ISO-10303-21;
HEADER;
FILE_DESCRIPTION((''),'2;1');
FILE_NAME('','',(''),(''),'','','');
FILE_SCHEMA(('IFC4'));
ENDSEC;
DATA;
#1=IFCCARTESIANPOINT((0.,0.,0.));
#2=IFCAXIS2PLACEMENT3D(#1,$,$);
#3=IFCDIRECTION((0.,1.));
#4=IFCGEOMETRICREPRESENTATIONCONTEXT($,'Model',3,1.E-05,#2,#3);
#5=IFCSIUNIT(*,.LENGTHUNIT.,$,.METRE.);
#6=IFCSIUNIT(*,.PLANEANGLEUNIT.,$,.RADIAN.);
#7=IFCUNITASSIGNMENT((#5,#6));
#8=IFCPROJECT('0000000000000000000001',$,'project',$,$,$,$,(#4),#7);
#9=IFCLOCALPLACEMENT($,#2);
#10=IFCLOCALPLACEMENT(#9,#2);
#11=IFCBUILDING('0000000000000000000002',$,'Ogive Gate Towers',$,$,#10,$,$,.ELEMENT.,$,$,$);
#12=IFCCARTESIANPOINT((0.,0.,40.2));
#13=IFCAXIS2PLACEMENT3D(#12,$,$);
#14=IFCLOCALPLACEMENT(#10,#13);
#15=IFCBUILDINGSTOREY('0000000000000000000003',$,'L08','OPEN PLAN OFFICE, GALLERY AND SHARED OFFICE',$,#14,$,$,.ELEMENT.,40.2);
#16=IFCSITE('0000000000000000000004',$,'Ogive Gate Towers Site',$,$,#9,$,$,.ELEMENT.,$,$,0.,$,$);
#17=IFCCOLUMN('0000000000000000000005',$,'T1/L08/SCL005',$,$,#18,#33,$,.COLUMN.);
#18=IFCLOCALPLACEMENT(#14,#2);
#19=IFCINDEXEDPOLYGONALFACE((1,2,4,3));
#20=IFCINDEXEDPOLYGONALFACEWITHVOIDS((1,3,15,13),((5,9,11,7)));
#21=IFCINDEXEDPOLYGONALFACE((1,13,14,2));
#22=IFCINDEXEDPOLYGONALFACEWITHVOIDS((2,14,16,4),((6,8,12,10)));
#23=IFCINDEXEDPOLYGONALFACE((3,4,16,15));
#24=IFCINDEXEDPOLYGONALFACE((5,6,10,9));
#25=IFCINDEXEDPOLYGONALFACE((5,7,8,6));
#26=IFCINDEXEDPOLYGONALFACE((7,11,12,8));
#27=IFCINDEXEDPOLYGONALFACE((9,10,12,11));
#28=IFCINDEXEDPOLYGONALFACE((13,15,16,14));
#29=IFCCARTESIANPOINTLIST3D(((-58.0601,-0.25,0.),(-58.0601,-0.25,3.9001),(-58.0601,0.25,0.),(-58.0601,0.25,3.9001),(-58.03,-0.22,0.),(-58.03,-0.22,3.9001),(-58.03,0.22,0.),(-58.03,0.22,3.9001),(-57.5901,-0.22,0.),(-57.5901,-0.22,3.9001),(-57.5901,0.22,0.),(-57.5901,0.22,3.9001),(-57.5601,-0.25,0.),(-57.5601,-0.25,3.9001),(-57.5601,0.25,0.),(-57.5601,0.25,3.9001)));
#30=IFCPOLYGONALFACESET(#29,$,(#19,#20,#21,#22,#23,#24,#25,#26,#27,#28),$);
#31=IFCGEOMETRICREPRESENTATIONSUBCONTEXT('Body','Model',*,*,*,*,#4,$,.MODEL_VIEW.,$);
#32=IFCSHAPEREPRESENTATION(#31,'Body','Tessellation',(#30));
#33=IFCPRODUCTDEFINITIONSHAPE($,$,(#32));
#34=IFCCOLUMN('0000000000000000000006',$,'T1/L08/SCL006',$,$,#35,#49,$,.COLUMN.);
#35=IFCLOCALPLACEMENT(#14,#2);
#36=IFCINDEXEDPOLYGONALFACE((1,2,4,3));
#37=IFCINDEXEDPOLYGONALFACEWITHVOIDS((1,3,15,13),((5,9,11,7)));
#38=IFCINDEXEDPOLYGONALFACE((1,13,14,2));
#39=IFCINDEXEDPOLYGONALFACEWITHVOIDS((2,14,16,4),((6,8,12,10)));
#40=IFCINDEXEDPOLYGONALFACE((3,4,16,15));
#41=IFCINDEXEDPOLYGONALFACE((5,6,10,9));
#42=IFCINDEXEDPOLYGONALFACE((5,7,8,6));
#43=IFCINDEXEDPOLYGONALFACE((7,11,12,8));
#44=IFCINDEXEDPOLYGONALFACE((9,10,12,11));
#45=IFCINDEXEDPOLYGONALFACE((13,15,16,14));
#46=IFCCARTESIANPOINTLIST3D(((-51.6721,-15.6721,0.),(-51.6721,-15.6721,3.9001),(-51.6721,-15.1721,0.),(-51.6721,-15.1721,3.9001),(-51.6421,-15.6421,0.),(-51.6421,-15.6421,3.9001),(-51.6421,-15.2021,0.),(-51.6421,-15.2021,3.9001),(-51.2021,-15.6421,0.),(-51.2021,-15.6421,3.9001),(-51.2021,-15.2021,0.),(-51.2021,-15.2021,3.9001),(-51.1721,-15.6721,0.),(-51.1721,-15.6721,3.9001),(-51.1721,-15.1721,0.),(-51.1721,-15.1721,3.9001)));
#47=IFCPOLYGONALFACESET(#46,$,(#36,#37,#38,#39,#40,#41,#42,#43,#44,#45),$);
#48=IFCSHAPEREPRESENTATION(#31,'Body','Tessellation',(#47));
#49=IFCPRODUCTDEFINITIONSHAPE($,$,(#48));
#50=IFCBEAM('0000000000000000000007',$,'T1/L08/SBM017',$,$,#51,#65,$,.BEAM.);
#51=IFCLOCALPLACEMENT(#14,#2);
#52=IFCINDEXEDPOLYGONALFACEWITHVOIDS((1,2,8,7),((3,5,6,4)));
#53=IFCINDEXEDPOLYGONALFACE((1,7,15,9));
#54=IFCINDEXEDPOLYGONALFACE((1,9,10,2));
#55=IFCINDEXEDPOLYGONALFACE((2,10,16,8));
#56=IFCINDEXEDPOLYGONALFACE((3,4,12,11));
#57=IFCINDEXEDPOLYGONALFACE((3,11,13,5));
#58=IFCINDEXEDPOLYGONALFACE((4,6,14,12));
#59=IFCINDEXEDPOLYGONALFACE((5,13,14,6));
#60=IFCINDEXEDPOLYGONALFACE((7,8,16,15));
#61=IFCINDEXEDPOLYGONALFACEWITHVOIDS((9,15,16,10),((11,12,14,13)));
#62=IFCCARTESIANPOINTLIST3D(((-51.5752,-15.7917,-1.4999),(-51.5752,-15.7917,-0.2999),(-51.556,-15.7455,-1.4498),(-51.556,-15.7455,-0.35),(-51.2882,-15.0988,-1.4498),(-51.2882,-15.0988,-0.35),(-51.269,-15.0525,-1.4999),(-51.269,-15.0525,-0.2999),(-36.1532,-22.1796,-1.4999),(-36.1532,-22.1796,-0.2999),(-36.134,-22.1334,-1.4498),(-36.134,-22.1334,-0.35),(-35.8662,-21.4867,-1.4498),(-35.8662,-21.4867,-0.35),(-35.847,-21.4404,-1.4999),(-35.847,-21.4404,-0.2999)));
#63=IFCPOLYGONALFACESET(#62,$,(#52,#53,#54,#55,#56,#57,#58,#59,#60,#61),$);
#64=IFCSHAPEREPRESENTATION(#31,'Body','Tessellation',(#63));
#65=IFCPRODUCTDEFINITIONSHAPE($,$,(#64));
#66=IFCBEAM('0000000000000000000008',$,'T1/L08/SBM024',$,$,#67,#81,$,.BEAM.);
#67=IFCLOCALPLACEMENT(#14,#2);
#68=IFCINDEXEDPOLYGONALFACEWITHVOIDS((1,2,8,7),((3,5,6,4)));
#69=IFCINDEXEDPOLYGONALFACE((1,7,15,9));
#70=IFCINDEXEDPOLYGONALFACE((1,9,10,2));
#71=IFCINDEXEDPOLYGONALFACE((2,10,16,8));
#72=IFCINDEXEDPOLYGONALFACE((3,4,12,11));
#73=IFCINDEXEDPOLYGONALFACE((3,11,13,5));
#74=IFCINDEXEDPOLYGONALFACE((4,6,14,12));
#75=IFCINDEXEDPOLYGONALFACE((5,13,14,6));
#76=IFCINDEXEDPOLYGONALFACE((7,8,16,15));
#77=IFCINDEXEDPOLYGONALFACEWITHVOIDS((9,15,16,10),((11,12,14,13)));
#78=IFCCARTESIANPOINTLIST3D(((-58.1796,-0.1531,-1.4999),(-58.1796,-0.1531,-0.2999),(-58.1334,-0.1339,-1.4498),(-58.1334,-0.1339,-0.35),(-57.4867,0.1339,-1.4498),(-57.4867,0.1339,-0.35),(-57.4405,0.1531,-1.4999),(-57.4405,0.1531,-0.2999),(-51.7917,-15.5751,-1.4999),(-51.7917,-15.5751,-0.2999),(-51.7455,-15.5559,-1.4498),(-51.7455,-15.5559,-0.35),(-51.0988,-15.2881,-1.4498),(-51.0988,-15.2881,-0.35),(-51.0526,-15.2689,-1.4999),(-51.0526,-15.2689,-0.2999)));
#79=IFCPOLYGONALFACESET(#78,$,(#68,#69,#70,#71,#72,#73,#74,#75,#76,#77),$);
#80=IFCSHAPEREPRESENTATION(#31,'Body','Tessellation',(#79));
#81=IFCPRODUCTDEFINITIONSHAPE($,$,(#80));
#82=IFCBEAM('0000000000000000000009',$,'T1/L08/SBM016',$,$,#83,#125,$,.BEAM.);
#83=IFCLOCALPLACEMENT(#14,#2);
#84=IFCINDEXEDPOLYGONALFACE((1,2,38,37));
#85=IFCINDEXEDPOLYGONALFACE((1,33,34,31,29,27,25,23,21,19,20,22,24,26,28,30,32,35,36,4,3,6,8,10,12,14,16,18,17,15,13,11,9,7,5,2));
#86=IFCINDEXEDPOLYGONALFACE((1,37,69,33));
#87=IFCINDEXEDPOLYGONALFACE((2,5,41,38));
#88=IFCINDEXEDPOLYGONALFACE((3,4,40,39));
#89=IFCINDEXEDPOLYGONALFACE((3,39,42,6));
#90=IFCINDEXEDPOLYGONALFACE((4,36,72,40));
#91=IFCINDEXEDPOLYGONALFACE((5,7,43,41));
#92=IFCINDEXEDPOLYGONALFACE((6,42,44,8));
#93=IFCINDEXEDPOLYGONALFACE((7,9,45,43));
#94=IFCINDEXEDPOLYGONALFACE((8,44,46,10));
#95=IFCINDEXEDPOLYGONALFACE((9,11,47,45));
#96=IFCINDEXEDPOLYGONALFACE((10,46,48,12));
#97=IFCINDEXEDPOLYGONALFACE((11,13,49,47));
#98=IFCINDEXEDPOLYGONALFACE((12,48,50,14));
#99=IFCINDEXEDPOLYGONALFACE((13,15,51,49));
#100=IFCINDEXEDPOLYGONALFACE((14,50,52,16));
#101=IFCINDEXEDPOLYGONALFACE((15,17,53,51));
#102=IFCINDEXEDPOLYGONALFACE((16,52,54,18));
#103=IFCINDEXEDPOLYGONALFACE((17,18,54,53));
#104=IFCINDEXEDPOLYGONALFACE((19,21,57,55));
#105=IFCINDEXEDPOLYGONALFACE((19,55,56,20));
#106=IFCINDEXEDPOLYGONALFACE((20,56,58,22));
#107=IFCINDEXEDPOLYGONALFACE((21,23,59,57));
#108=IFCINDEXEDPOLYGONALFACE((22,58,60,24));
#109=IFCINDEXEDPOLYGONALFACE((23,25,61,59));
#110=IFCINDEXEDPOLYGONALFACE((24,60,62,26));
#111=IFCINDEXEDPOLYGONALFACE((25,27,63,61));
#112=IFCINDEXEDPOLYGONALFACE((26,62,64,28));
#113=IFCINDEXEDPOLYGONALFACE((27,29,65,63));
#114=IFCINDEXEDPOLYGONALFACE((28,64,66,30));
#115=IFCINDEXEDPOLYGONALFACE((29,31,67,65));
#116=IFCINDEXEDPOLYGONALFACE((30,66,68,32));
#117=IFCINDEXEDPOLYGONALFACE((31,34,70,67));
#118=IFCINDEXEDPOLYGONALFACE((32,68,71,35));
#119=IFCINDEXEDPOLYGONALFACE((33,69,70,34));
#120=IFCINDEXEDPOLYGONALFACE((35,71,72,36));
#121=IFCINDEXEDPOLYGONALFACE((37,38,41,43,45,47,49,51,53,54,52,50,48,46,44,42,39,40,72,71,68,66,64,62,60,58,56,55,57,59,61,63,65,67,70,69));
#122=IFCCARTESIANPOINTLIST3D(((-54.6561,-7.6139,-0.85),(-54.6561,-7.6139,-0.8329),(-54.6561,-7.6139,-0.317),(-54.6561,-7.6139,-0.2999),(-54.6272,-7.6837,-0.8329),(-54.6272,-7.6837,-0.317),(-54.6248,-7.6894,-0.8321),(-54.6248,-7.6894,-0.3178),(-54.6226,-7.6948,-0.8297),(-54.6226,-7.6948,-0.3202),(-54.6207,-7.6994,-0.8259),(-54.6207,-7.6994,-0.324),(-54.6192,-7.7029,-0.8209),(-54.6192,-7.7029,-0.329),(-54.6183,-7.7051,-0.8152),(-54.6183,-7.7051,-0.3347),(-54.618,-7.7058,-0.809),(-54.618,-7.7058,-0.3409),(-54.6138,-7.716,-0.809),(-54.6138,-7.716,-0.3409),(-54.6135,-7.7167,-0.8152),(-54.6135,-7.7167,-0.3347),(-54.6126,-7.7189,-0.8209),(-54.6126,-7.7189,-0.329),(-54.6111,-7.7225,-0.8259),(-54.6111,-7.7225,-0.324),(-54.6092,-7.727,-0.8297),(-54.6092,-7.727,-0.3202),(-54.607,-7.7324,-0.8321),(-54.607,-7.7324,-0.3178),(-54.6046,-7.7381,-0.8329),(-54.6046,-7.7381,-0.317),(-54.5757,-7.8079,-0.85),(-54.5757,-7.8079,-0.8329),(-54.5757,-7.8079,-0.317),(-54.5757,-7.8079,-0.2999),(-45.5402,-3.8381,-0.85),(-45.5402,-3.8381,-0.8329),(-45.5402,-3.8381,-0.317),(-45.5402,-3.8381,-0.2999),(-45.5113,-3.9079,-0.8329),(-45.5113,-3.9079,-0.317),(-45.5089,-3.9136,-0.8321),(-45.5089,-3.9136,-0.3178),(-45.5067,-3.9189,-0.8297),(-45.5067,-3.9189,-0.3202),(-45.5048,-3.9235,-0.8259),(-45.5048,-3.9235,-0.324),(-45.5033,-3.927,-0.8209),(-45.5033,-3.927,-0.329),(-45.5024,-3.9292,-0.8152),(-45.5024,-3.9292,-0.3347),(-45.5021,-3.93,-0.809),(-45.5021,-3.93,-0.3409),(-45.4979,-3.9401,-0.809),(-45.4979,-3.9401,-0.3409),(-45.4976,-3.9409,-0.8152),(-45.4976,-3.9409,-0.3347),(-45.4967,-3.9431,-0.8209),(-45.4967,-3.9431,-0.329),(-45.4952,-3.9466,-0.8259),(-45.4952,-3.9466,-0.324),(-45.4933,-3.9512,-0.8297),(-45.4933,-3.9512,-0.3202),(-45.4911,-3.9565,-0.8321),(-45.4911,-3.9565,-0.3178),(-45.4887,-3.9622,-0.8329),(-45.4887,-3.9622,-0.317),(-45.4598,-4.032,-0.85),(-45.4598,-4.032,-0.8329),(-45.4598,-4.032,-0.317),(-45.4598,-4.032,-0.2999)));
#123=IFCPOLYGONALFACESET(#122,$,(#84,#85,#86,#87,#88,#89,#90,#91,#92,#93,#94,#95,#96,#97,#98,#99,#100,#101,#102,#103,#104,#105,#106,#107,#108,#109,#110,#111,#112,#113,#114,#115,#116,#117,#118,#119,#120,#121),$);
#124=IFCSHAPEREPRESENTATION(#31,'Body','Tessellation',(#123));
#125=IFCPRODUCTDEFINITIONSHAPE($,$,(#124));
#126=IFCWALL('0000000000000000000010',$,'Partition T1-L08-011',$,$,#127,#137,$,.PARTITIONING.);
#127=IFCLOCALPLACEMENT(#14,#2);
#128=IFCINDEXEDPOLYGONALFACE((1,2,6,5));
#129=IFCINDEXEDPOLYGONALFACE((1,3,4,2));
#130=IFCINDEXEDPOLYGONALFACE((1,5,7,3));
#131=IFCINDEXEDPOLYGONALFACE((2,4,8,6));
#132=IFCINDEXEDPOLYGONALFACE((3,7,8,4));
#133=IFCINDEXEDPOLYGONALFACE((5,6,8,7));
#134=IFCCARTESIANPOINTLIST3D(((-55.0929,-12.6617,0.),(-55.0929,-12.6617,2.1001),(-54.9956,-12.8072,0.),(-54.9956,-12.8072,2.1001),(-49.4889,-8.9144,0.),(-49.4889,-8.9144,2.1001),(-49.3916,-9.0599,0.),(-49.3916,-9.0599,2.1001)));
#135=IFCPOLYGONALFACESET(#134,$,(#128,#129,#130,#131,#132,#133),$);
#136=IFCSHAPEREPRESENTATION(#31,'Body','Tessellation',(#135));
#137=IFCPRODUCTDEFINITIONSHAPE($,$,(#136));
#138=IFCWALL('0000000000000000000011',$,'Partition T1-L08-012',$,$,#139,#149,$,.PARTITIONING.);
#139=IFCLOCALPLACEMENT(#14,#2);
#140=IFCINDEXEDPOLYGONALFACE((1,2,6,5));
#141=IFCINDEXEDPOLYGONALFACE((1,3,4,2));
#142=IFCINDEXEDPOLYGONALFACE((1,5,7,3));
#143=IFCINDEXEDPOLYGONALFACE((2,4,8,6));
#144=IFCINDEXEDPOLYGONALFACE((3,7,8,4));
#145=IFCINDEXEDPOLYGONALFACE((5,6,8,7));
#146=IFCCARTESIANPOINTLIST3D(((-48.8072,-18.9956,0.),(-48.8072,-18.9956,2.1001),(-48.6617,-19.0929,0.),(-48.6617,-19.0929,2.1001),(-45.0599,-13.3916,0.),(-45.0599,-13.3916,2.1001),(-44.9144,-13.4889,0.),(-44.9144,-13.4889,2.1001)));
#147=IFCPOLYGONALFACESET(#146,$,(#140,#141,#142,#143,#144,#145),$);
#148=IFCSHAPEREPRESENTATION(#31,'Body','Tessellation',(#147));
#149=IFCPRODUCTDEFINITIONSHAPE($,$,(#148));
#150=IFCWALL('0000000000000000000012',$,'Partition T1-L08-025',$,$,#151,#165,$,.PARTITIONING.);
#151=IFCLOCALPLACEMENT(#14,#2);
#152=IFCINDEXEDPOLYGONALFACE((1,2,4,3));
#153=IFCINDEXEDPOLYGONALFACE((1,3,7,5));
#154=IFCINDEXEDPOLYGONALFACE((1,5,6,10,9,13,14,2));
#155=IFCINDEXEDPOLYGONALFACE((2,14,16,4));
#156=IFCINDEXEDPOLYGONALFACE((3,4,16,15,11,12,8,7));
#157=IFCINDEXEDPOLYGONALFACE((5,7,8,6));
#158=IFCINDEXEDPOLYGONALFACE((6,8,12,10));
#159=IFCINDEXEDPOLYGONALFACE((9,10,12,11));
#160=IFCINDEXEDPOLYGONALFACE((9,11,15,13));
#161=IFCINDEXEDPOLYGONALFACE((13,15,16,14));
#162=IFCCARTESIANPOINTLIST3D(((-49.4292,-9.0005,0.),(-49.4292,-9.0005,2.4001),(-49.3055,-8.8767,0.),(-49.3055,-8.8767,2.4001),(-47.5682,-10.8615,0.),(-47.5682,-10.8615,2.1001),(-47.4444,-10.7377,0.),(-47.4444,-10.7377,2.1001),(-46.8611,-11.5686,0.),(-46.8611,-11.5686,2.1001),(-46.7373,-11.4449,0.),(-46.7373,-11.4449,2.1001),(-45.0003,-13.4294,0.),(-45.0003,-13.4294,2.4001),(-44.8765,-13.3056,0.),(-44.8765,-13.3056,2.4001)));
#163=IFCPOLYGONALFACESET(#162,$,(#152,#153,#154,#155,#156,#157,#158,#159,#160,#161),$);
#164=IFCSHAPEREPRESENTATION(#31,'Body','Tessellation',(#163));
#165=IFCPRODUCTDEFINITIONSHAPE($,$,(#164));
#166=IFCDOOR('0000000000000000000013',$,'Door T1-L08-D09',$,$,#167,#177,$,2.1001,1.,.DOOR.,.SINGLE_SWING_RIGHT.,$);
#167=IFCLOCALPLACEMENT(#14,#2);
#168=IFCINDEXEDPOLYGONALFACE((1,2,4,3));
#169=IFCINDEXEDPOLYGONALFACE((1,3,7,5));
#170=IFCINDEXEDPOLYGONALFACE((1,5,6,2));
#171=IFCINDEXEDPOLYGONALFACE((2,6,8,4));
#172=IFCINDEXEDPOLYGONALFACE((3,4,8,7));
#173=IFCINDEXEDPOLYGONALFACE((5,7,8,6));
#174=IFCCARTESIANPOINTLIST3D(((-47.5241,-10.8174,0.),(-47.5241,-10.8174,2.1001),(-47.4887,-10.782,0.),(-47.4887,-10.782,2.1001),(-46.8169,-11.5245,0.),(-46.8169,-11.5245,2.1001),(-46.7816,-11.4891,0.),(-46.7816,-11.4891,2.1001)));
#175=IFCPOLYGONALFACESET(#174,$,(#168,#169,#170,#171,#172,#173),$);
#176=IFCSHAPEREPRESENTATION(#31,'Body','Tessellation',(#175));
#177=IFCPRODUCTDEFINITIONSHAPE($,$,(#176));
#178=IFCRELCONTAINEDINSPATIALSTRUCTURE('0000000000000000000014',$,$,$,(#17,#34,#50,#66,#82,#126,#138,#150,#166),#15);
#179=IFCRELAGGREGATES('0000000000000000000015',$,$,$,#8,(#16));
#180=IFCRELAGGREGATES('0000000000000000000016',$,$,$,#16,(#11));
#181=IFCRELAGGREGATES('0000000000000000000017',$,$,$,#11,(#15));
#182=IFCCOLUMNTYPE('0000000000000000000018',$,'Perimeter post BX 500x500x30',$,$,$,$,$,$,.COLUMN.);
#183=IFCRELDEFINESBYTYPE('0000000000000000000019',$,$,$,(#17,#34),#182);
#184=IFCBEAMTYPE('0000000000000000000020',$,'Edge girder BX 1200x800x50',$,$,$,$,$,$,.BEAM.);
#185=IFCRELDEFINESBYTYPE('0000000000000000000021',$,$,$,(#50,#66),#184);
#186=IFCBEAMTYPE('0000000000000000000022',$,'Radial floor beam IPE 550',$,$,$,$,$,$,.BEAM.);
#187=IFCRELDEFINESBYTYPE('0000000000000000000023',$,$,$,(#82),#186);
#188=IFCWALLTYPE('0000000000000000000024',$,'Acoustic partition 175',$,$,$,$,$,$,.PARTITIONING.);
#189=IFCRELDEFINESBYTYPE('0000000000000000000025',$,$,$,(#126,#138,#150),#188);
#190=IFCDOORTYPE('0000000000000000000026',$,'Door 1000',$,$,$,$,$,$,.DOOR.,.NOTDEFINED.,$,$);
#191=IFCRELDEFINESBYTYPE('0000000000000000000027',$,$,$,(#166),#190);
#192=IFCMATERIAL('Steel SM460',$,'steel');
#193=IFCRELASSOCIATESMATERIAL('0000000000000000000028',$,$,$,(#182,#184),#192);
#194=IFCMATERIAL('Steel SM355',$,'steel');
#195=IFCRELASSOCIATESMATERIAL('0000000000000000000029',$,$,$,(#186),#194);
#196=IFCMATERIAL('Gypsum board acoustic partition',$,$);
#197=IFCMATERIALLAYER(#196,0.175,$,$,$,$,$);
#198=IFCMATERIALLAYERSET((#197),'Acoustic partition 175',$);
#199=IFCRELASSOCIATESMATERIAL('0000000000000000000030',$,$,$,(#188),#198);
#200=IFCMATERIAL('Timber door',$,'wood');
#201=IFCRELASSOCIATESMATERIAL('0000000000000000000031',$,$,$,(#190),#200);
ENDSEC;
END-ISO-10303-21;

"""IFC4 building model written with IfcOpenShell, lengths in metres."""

from ifc_helpers import new_model, si_unit, direction, frame, frame_2d, origin, origin_2d, place, context, subcontext, project, spatial, rectangle, hollow_rectangle, i_section, extrude, material, layer, layer_set, material_profile, profile_set, type_object, element, fill, save


model = new_model("IFC4")

# Units and contexts
model_context = context("Model", 3, precision=1e-05, world=origin(), true_north=direction((0.0, 1.0)))
body_context = subcontext(model_context, "Body", "Model", "MODEL_VIEW")
ifc_project = project(units=[si_unit("LENGTHUNIT", "METRE"), si_unit("PLANEANGLEUNIT", "RADIAN")], contexts=[model_context])

# Site, building, storey
site_placement = place(None, origin())
site = spatial("IfcSite", under=ifc_project, at=site_placement, Name="Ogive Gate Towers Site", CompositionType="ELEMENT", RefElevation=0.0)
building_placement = place(site_placement, origin())
building = spatial("IfcBuilding", under=site, at=building_placement, Name="Ogive Gate Towers", CompositionType="ELEMENT")
storey_placement = place(building_placement, frame((0.0, 0.0, 40.2)))
storey = spatial("IfcBuildingStorey", under=building, at=storey_placement, Name="L08", Description="OPEN PLAN OFFICE, GALLERY AND SHARED OFFICE", CompositionType="ELEMENT", Elevation=40.2)

# Columns
ifc_material_1 = material(Name="Steel SM460", Category="steel")
ifc_material_profile_1 = material_profile(ifc_material_1, hollow_rectangle(XDim=0.5, YDim=0.5, WallThickness=0.03, at=origin_2d()), Name="BX 500x500x30")
ifc_profile_set_1 = profile_set([ifc_material_profile_1], Name="Steel SM460")
column_type = type_object("IfcColumnType", Name="Perimeter post BX 500x500x30", PredefinedType="COLUMN", material=ifc_profile_set_1)
for number, where, z_axis, x_axis, name in (
    (1, (-57.8101, 0.0, 0.0), (0.0, 0.0, 1.0), (1.0, 0.0, 0.0), "T1/L08/SCL005"),
    (2, (-51.4221, -15.4221, 0.0), (0.0, 0.0, 1.0), (1.0, 0.0, 0.0), "T1/L08/SCL006"),
):
    element("IfcColumn", number, at=place(storey_placement, frame(where, z_axis=z_axis, x_axis=x_axis)), inside=storey, type_object=column_type, Name=name, PredefinedType="COLUMN", context=body_context, shape_type="SweptSolid", body=[
        extrude(hollow_rectangle(XDim=0.5, YDim=0.5, WallThickness=0.03, at=origin_2d()), origin(), (0.0, 0.0, 1.0), 3.9001),
    ])

# Beams
ifc_material_profile_2 = material_profile(ifc_material_1, hollow_rectangle(XDim=0.8, YDim=1.2, WallThickness=0.05, at=origin_2d()), Name="BX 1200x800x50")
ifc_profile_set_2 = profile_set([ifc_material_profile_2], Name="Steel SM460")
beam_type_1 = type_object("IfcBeamType", Name="Edge girder BX 1200x800x50", PredefinedType="BEAM", material=ifc_profile_set_2)
for number, where, z_axis, x_axis, name in (
    (3, (-51.4221, -15.4221, -0.8999), (0.923882, -0.382678, 0.0), (0.382678, 0.923882, 0.0), "T1/L08/SBM017"),
    (4, (-57.8101, 0.0, -0.8999), (0.382678, -0.923882, 0.0), (0.923882, 0.382678, 0.0), "T1/L08/SBM024"),
):
    element("IfcBeam", number, at=place(storey_placement, frame(where, z_axis=z_axis, x_axis=x_axis)), inside=storey, type_object=beam_type_1, Name=name, PredefinedType="BEAM", context=body_context, shape_type="SweptSolid", body=[
        extrude(hollow_rectangle(XDim=0.8, YDim=1.2, WallThickness=0.05, at=origin_2d()), origin(), (0.0, 0.0, 1.0), 16.6926),
    ])
ifc_material_2 = material(Name="Steel SM355", Category="steel")
ifc_material_profile_3 = material_profile(ifc_material_2, i_section(OverallWidth=0.21, OverallDepth=0.55, WebThickness=0.011, FlangeThickness=0.0171, FilletRadius=0.0239, at=origin_2d()), Name="IPE 550")
ifc_profile_set_3 = profile_set([ifc_material_profile_3], Name="Steel SM355")
beam_type_2 = type_object("IfcBeamType", Name="Radial floor beam IPE 550", PredefinedType="BEAM", material=ifc_profile_set_3)
beam_placement = place(storey_placement, frame((-45.5, -3.9351, -0.575), z_axis=(-0.923882, -0.382677, 0.0), x_axis=(0.382677, -0.923882, 0.0)))
element("IfcBeam", 5, at=beam_placement, inside=storey, type_object=beam_type_2, Name="T1/L08/SBM016", PredefinedType="BEAM", context=body_context, shape_type="SweptSolid", body=[
    extrude(i_section(OverallWidth=0.21, OverallDepth=0.55, WebThickness=0.011, FlangeThickness=0.0171, FilletRadius=0.0239, at=origin_2d()), origin(), (0.0, 0.0, 1.0), 9.8669),
])

# Walls
ifc_material_3 = material(Name="Gypsum board acoustic partition")
ifc_layer_1 = layer(ifc_material_3, 0.175)
ifc_layer_set_1 = layer_set([ifc_layer_1], Name="Acoustic partition 175")
wall_type_1 = type_object("IfcWallType", Name="Acoustic partition 175", PredefinedType="PARTITIONING", material=ifc_layer_set_1)
for number, where, z_axis, x_axis, name in (
    (6, (-55.0442, -12.7344, 0.0), (0.0, 0.0, 1.0), (0.831275, 0.555861, 0.0), "Partition T1-L08-011"),
    (7, (-48.7344, -19.0442, 0.0), (0.0, 0.0, 1.0), (0.555861, 0.831275, 0.0), "Partition T1-L08-012"),
):
    element("IfcWall", number, at=place(storey_placement, frame(where, z_axis=z_axis, x_axis=x_axis)), inside=storey, type_object=wall_type_1, Name=name, PredefinedType="PARTITIONING", context=body_context, shape_type="SweptSolid", body=[
        extrude(rectangle(XDim=6.7415, YDim=0.175, at=frame_2d((3.3706, 0.0))), origin(), (0.0, 0.0, 1.0), 2.1001),
    ])

# Wall, opening, door
wall_1_placement = place(storey_placement, frame((-49.3674, -8.9385, 0.0), z_axis=(0.0, 0.0, 1.0), x_axis=(0.707107, -0.707107, 0.0)))
wall_1 = element("IfcWall", 8, at=wall_1_placement, inside=storey, type_object=wall_type_1, Name="Partition T1-L08-025", PredefinedType="PARTITIONING", context=body_context, shape_type="SweptSolid", body=[
    extrude(rectangle(XDim=6.2634, YDim=0.175, at=frame_2d((3.1318, 0.0))), origin(), (0.0, 0.0, 1.0), 2.4001),
])
opening_1_placement = place(wall_1_placement, frame((2.6321, 0.0, 0.0)))
opening_1 = element("IfcOpeningElement", 9, at=opening_1_placement, cuts=wall_1, PredefinedType="OPENING", context=body_context, shape_type="SweptSolid", body=[
    extrude(rectangle(XDim=1.0, YDim=2.1001, at=frame_2d((0.5, 1.05))), frame((0.0, 0.0977, 0.0), z_axis=(0.0, -1.0, 0.0), x_axis=(1.0, 0.0, 0.0)), (0.0, 0.0, 1.0), 0.1951),
])
ifc_material_4 = material(Name="Timber door", Category="wood")
door_type_1 = type_object("IfcDoorType", Name="Door 1000", OperationType="NOTDEFINED", PredefinedType="DOOR", material=ifc_material_4)
door_1_placement = place(opening_1_placement, origin())
door_1 = element("IfcDoor", 10, at=door_1_placement, inside=storey, type_object=door_type_1, Name="Door T1-L08-D09", OperationType="SINGLE_SWING_RIGHT", OverallHeight=2.1001, OverallWidth=1.0, PredefinedType="DOOR", context=body_context, shape_type="SweptSolid", body=[
    extrude(rectangle(XDim=1.0, YDim=2.1001, at=frame_2d((0.5, 1.05))), frame((0.0, 0.0249, 0.0), z_axis=(0.0, -1.0, 0.0), x_axis=(1.0, 0.0, 0.0)), (0.0, 0.0, 1.0), 0.05),
])
fill(opening_1, door_1)

save(model, "model.ifc")
